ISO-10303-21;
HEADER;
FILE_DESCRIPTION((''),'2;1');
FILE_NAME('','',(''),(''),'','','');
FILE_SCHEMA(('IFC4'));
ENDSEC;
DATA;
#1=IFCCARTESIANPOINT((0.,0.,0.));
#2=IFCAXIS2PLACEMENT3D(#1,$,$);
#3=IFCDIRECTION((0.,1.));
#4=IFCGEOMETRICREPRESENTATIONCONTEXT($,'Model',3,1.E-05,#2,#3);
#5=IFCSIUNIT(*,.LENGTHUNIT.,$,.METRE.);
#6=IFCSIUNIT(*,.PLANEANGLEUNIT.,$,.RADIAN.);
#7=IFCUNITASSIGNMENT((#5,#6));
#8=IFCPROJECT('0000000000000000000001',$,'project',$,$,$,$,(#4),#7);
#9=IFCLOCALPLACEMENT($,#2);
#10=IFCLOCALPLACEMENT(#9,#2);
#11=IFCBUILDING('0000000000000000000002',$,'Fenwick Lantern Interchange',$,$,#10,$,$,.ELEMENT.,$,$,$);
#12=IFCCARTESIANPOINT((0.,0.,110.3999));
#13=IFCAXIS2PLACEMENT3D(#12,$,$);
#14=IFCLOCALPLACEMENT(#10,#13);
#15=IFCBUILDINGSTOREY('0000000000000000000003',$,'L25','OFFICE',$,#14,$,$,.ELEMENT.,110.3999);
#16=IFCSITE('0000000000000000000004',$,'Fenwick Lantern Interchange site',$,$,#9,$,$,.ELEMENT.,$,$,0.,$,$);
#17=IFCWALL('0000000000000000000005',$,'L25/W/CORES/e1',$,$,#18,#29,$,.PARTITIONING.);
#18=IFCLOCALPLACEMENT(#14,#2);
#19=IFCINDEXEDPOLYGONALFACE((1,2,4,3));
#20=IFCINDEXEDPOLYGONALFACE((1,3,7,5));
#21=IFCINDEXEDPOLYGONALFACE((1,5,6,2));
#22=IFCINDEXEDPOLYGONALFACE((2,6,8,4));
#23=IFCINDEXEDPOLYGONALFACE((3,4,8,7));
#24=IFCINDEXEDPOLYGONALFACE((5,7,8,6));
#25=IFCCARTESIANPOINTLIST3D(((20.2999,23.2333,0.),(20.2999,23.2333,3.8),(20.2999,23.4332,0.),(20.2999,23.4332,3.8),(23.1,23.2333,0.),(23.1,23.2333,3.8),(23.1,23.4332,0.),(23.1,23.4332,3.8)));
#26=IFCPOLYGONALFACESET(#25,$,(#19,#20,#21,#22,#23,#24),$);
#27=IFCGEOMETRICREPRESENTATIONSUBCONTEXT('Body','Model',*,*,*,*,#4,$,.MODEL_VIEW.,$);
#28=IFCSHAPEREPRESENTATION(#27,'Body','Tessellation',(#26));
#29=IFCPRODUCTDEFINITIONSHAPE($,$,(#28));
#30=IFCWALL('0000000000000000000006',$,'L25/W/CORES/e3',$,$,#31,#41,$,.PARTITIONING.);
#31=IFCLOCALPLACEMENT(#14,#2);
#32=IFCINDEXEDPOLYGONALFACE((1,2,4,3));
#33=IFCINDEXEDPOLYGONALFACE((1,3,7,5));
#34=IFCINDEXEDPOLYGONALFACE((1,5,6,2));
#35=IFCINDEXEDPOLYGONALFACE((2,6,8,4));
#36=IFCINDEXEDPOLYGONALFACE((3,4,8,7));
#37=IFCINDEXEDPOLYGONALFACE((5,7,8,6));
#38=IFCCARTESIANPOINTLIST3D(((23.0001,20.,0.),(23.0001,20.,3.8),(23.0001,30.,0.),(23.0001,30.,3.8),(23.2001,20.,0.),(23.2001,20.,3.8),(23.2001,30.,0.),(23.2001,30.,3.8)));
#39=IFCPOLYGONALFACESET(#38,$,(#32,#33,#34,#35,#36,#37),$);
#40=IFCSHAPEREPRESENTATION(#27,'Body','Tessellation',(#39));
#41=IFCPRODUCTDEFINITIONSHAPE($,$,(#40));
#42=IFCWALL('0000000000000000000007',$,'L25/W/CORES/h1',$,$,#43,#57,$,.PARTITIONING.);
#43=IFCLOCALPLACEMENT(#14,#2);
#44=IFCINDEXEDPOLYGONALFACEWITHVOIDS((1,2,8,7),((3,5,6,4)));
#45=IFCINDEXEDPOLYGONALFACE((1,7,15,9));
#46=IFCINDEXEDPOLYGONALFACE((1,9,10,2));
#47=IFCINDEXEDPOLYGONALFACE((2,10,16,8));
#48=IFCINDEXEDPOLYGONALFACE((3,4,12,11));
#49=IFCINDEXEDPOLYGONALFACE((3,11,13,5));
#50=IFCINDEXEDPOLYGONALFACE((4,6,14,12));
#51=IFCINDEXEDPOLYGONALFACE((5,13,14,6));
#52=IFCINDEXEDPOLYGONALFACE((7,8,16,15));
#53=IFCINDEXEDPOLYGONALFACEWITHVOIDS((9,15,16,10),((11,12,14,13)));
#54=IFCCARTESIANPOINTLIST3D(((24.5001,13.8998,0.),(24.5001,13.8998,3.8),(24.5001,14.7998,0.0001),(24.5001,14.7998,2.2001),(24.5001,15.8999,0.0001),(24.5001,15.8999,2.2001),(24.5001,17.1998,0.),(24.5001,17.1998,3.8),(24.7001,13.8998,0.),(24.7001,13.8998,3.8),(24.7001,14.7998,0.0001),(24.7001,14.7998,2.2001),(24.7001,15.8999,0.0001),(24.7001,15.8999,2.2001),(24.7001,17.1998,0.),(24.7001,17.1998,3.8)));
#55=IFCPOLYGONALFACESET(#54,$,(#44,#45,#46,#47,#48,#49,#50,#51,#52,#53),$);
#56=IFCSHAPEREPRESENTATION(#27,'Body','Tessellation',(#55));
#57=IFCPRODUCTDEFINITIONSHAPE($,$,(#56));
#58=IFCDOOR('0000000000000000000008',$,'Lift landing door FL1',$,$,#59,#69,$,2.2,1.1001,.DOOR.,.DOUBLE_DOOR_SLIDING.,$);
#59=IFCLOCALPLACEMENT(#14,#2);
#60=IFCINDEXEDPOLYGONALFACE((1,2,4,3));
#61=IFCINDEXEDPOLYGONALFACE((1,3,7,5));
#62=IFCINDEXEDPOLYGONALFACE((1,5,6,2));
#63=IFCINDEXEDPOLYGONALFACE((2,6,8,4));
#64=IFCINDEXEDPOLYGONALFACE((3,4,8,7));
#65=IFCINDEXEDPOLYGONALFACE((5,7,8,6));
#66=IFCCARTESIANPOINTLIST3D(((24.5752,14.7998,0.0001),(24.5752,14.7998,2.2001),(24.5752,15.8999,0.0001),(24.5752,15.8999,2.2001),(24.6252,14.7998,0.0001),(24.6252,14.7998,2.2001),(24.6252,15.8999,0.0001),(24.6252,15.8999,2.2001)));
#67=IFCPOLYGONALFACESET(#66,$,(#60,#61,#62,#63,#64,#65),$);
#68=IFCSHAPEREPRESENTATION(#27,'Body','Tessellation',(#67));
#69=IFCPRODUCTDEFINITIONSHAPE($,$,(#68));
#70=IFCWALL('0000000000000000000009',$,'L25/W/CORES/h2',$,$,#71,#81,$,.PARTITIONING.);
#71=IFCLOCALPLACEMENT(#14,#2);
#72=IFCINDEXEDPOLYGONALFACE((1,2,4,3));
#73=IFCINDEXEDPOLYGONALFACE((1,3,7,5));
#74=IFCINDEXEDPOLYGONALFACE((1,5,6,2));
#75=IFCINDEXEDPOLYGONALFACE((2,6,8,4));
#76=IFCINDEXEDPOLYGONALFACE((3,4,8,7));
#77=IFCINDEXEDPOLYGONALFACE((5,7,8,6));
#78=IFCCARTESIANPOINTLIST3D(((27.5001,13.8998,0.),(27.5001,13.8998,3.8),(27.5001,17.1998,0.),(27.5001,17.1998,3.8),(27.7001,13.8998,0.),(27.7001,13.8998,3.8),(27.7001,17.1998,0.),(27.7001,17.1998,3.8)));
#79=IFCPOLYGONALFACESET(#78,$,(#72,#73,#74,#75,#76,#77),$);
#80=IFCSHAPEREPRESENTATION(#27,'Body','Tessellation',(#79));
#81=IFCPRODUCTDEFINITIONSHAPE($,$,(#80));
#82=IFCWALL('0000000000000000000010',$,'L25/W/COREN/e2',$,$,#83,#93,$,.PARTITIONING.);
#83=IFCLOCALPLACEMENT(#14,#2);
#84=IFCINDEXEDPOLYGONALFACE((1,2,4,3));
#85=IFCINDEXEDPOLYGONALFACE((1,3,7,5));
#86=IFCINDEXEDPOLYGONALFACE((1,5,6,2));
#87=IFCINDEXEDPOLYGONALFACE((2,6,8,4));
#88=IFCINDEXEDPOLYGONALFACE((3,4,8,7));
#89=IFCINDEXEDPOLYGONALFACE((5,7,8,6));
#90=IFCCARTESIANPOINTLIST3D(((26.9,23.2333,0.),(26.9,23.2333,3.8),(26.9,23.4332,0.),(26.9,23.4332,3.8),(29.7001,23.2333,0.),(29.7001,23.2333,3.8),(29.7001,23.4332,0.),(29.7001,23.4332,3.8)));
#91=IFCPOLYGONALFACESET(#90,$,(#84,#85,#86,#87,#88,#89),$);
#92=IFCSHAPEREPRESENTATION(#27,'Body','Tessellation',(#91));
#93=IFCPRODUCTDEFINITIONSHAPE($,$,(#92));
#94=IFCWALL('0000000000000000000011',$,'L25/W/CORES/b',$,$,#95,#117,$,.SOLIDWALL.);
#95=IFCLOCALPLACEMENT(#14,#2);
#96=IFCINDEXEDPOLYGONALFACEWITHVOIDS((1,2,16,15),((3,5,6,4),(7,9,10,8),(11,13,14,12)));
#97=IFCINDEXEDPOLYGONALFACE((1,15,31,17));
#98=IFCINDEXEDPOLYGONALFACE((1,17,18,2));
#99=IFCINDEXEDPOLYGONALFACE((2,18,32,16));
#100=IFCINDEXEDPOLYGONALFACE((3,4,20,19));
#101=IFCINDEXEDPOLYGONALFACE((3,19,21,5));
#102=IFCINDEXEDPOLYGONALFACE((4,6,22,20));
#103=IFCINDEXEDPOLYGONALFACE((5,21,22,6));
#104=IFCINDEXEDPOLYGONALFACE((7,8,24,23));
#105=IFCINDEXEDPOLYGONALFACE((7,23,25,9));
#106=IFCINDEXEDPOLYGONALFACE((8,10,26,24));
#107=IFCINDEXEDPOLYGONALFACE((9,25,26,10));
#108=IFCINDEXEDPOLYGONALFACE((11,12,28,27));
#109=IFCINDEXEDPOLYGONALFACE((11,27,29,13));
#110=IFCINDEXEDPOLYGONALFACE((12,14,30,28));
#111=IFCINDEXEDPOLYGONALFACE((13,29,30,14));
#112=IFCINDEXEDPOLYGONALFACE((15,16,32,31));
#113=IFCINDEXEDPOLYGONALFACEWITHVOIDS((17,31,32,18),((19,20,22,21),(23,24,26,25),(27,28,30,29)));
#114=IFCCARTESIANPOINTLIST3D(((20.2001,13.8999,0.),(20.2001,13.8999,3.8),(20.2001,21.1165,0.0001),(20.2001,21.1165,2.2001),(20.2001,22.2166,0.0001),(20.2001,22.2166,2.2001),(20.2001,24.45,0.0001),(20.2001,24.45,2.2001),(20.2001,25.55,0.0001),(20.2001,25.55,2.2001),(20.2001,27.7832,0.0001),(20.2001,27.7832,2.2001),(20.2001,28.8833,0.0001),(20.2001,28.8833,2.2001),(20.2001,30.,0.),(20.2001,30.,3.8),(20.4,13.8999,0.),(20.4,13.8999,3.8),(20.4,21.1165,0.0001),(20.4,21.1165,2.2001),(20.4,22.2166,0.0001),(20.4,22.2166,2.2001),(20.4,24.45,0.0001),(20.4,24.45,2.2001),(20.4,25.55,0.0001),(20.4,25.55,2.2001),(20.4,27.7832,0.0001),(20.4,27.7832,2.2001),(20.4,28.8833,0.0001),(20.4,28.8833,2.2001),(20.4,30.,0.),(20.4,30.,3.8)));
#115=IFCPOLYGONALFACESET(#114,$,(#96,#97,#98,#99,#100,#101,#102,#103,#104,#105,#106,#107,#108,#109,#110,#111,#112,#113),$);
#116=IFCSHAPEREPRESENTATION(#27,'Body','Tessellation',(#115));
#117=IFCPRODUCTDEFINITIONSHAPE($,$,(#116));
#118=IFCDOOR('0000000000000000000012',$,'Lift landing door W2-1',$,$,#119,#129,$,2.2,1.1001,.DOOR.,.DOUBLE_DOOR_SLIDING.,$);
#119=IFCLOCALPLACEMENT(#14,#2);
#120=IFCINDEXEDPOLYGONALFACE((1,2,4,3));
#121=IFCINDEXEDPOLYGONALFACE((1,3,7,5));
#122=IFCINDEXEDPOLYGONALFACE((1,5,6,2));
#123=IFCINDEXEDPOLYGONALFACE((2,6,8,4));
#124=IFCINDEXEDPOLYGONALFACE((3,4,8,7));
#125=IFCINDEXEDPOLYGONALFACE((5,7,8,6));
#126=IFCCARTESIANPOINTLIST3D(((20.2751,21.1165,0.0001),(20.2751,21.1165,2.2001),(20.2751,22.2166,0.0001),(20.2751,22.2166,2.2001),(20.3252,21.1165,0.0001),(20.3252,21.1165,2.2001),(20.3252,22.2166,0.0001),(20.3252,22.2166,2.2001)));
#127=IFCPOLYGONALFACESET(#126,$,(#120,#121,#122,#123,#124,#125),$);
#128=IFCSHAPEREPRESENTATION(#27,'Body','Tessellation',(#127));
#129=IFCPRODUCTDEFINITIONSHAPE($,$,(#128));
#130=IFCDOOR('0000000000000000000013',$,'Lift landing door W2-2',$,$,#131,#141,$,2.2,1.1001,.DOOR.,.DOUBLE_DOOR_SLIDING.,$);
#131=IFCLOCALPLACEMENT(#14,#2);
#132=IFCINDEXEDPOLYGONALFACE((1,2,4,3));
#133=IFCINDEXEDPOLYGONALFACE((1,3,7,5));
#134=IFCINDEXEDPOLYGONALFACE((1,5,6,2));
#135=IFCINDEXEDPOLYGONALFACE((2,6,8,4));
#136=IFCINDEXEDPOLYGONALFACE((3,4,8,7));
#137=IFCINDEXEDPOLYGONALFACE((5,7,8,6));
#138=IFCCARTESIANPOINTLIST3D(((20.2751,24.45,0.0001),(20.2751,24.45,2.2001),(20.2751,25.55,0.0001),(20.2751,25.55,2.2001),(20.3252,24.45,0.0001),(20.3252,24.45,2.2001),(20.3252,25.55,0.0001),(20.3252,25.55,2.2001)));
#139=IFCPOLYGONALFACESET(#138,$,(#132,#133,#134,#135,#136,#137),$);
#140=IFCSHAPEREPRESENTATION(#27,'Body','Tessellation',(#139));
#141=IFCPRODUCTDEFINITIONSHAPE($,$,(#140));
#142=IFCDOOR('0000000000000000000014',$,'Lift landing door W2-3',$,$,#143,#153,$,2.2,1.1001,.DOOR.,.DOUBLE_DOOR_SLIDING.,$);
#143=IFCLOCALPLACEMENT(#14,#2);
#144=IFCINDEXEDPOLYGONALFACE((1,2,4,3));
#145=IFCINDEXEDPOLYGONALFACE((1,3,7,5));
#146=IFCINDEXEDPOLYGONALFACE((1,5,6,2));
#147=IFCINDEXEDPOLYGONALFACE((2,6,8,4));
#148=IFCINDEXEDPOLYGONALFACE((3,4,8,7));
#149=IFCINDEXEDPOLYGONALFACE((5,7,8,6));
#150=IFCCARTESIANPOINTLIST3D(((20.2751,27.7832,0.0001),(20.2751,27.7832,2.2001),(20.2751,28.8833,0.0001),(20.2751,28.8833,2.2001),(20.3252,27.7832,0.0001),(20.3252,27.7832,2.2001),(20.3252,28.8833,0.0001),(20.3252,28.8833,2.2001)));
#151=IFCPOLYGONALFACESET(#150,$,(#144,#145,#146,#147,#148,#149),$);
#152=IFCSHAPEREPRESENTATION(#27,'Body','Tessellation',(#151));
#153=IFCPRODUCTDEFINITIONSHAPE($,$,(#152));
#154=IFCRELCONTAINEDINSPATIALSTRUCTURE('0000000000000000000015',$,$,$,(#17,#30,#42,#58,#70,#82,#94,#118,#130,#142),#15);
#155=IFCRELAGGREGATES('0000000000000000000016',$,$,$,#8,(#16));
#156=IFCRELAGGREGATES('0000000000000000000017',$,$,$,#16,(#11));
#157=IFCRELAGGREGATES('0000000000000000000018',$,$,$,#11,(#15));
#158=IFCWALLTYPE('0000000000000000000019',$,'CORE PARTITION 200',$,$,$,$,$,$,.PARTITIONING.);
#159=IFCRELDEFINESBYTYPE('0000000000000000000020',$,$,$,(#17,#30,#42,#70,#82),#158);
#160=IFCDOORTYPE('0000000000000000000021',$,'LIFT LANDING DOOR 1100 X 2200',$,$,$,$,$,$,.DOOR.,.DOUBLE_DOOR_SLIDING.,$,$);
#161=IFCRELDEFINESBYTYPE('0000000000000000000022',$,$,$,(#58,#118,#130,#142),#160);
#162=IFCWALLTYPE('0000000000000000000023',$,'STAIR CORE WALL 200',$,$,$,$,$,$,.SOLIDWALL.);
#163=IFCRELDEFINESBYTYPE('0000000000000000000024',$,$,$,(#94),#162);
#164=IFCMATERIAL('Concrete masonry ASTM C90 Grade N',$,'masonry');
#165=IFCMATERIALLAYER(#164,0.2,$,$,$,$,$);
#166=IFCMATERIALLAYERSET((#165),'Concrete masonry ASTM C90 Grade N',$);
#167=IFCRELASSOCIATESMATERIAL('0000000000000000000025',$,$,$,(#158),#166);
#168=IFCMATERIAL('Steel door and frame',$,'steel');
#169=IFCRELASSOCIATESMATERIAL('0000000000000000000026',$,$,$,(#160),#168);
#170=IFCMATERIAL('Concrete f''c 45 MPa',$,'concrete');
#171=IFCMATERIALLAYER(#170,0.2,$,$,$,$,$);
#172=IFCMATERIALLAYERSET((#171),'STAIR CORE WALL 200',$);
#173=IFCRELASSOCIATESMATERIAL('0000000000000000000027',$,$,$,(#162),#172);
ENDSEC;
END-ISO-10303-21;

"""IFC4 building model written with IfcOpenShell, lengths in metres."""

from ifc_helpers import new_model, si_unit, direction, frame, frame_2d, origin, place, context, subcontext, project, spatial, rectangle, extrude, material, layer, layer_set, type_object, element, fill, save


model = new_model("IFC4")

# Units and contexts
model_context = context("Model", 3, precision=1e-05, world=origin(), true_north=direction((0.0, 1.0)))
body_context = subcontext(model_context, "Body", "Model", "MODEL_VIEW")
ifc_project = project(units=[si_unit("LENGTHUNIT", "METRE"), si_unit("PLANEANGLEUNIT", "RADIAN")], contexts=[model_context])

# Site, building, storey
site_placement = place(None, origin())
site = spatial("IfcSite", under=ifc_project, at=site_placement, Name="Fenwick Lantern Interchange site", CompositionType="ELEMENT", RefElevation=0.0)
building_placement = place(site_placement, origin())
building = spatial("IfcBuilding", under=site, at=building_placement, Name="Fenwick Lantern Interchange", CompositionType="ELEMENT")
storey_placement = place(building_placement, frame((0.0, 0.0, 110.3999)))
storey = spatial("IfcBuildingStorey", under=building, at=storey_placement, Name="L25", Description="OFFICE", CompositionType="ELEMENT", Elevation=110.3999)

# Walls
ifc_material_1 = material(Name="Concrete masonry ASTM C90 Grade N", Category="masonry")
ifc_layer_1 = layer(ifc_material_1, 0.2)
ifc_layer_set_1 = layer_set([ifc_layer_1], Name="Concrete masonry ASTM C90 Grade N")
wall_type_1 = type_object("IfcWallType", Name="CORE PARTITION 200", PredefinedType="PARTITIONING", material=ifc_layer_set_1)
wall_1_placement = place(storey_placement, frame((20.3, 23.3333, 0.0), z_axis=(0.0, 0.0, 1.0), x_axis=(1.0, 0.0, 0.0)))
element("IfcWall", 1, at=wall_1_placement, inside=storey, type_object=wall_type_1, Name="L25/W/CORES/e1", PredefinedType="PARTITIONING", context=body_context, shape_type="SweptSolid", body=[
    extrude(rectangle(XDim=2.8, YDim=0.2, at=frame_2d((1.3999, 0.0))), origin(), (0.0, 0.0, 1.0), 3.8),
])
wall_2_placement = place(storey_placement, frame((23.1001, 20.0, 0.0), z_axis=(0.0, 0.0, 1.0), x_axis=(0.0, 1.0, 0.0)))
element("IfcWall", 2, at=wall_2_placement, inside=storey, type_object=wall_type_1, Name="L25/W/CORES/e3", PredefinedType="PARTITIONING", context=body_context, shape_type="SweptSolid", body=[
    extrude(rectangle(XDim=10.0, YDim=0.2, at=frame_2d((5.0, 0.0))), origin(), (0.0, 0.0, 1.0), 3.8),
])

# Wall, opening, door
wall_3_placement = place(storey_placement, frame((24.6001, 13.8999, 0.0), z_axis=(0.0, 0.0, 1.0), x_axis=(0.0, 1.0, 0.0)))
wall_3 = element("IfcWall", 3, at=wall_3_placement, inside=storey, type_object=wall_type_1, Name="L25/W/CORES/h1", PredefinedType="PARTITIONING", context=body_context, shape_type="SweptSolid", body=[
    extrude(rectangle(XDim=3.3, YDim=0.2, at=frame_2d((1.6499, 0.0))), origin(), (0.0, 0.0, 1.0), 3.8),
])
opening_1_placement = place(wall_3_placement, frame((0.8999, 0.0, 0.0)))
opening_1 = element("IfcOpeningElement", 4, at=opening_1_placement, cuts=wall_3, PredefinedType="OPENING", context=body_context, shape_type="SweptSolid", body=[
    extrude(rectangle(XDim=1.1001, YDim=2.2, at=frame_2d((0.55, 1.1001))), frame((0.0, 0.1099, 0.0), z_axis=(0.0, -1.0, 0.0), x_axis=(1.0, 0.0, 0.0)), (0.0, 0.0, 1.0), 0.22),
])
ifc_material_2 = material(Name="Steel door and frame", Category="steel")
door_type_1 = type_object("IfcDoorType", Name="LIFT LANDING DOOR 1100 X 2200", OperationType="DOUBLE_DOOR_SLIDING", PredefinedType="DOOR", material=ifc_material_2)
door_1_placement = place(opening_1_placement, origin())
door_1 = element("IfcDoor", 5, at=door_1_placement, inside=storey, type_object=door_type_1, Name="Lift landing door FL1", OperationType="DOUBLE_DOOR_SLIDING", OverallHeight=2.2, OverallWidth=1.1001, PredefinedType="DOOR", context=body_context, shape_type="SweptSolid", body=[
    extrude(rectangle(XDim=1.1001, YDim=2.2, at=frame_2d((0.55, 1.1001))), frame((0.0, 0.0249, 0.0), z_axis=(0.0, -1.0, 0.0), x_axis=(1.0, 0.0, 0.0)), (0.0, 0.0, 1.0), 0.05),
])
fill(opening_1, door_1)

# Walls
wall_4_placement = place(storey_placement, frame((27.6001, 13.8999, 0.0), z_axis=(0.0, 0.0, 1.0), x_axis=(0.0, 1.0, 0.0)))
element("IfcWall", 6, at=wall_4_placement, inside=storey, type_object=wall_type_1, Name="L25/W/CORES/h2", PredefinedType="PARTITIONING", context=body_context, shape_type="SweptSolid", body=[
    extrude(rectangle(XDim=3.3, YDim=0.2, at=frame_2d((1.6499, 0.0))), origin(), (0.0, 0.0, 1.0), 3.8),
])
wall_5_placement = place(storey_placement, frame((29.7, 23.3333, 0.0), z_axis=(0.0, 0.0, 1.0), x_axis=(-1.0, 0.0, 0.0)))
element("IfcWall", 7, at=wall_5_placement, inside=storey, type_object=wall_type_1, Name="L25/W/COREN/e2", PredefinedType="PARTITIONING", context=body_context, shape_type="SweptSolid", body=[
    extrude(rectangle(XDim=2.8, YDim=0.2, at=frame_2d((1.3999, 0.0))), origin(), (0.0, 0.0, 1.0), 3.8),
])

# Wall, openings, doors
ifc_material_3 = material(Name="Concrete f'c 45 MPa", Category="concrete")
ifc_layer_2 = layer(ifc_material_3, 0.2)
ifc_layer_set_2 = layer_set([ifc_layer_2], Name="STAIR CORE WALL 200")
wall_type_2 = type_object("IfcWallType", Name="STAIR CORE WALL 200", PredefinedType="SOLIDWALL", material=ifc_layer_set_2)
wall_6_placement = place(storey_placement, frame((20.3, 13.8999, 0.0), z_axis=(0.0, 0.0, 1.0), x_axis=(0.0, 1.0, 0.0)))
wall_6 = element("IfcWall", 8, at=wall_6_placement, inside=storey, type_object=wall_type_2, Name="L25/W/CORES/b", PredefinedType="SOLIDWALL", context=body_context, shape_type="SweptSolid", body=[
    extrude(rectangle(XDim=16.1001, YDim=0.2, at=frame_2d((8.05, 0.0))), origin(), (0.0, 0.0, 1.0), 3.8),
])
opening_2_placement = place(wall_6_placement, frame((7.2166, 0.0, 0.0)))
opening_2 = element("IfcOpeningElement", 9, at=opening_2_placement, cuts=wall_6, PredefinedType="OPENING", context=body_context, shape_type="SweptSolid", body=[
    extrude(rectangle(XDim=1.1001, YDim=2.2, at=frame_2d((0.55, 1.1001))), frame((0.0, 0.1099, 0.0), z_axis=(0.0, -1.0, 0.0), x_axis=(1.0, 0.0, 0.0)), (0.0, 0.0, 1.0), 0.22),
])
opening_3_placement = place(wall_6_placement, frame((10.55, 0.0, 0.0)))
opening_3 = element("IfcOpeningElement", 10, at=opening_3_placement, cuts=wall_6, PredefinedType="OPENING", context=body_context, shape_type="SweptSolid", body=[
    extrude(rectangle(XDim=1.1001, YDim=2.2, at=frame_2d((0.55, 1.1001))), frame((0.0, 0.1099, 0.0), z_axis=(0.0, -1.0, 0.0), x_axis=(1.0, 0.0, 0.0)), (0.0, 0.0, 1.0), 0.22),
])
opening_4_placement = place(wall_6_placement, frame((13.8833, 0.0, 0.0)))
opening_4 = element("IfcOpeningElement", 11, at=opening_4_placement, cuts=wall_6, PredefinedType="OPENING", context=body_context, shape_type="SweptSolid", body=[
    extrude(rectangle(XDim=1.1001, YDim=2.2, at=frame_2d((0.55, 1.1001))), frame((0.0, 0.1099, 0.0), z_axis=(0.0, -1.0, 0.0), x_axis=(1.0, 0.0, 0.0)), (0.0, 0.0, 1.0), 0.22),
])
door_2_placement = place(opening_2_placement, origin())
door_2 = element("IfcDoor", 12, at=door_2_placement, inside=storey, type_object=door_type_1, Name="Lift landing door W2-1", OperationType="DOUBLE_DOOR_SLIDING", OverallHeight=2.2, OverallWidth=1.1001, PredefinedType="DOOR", context=body_context, shape_type="SweptSolid", body=[
    extrude(rectangle(XDim=1.1001, YDim=2.2, at=frame_2d((0.55, 1.1001))), frame((0.0, 0.0249, 0.0), z_axis=(0.0, -1.0, 0.0), x_axis=(1.0, 0.0, 0.0)), (0.0, 0.0, 1.0), 0.05),
])
fill(opening_2, door_2)
door_3_placement = place(opening_3_placement, origin())
door_3 = element("IfcDoor", 13, at=door_3_placement, inside=storey, type_object=door_type_1, Name="Lift landing door W2-2", OperationType="DOUBLE_DOOR_SLIDING", OverallHeight=2.2, OverallWidth=1.1001, PredefinedType="DOOR", context=body_context, shape_type="SweptSolid", body=[
    extrude(rectangle(XDim=1.1001, YDim=2.2, at=frame_2d((0.55, 1.1001))), frame((0.0, 0.0249, 0.0), z_axis=(0.0, -1.0, 0.0), x_axis=(1.0, 0.0, 0.0)), (0.0, 0.0, 1.0), 0.05),
])
fill(opening_3, door_3)
door_4_placement = place(opening_4_placement, origin())
door_4 = element("IfcDoor", 14, at=door_4_placement, inside=storey, type_object=door_type_1, Name="Lift landing door W2-3", OperationType="DOUBLE_DOOR_SLIDING", OverallHeight=2.2, OverallWidth=1.1001, PredefinedType="DOOR", context=body_context, shape_type="SweptSolid", body=[
    extrude(rectangle(XDim=1.1001, YDim=2.2, at=frame_2d((0.55, 1.1001))), frame((0.0, 0.0249, 0.0), z_axis=(0.0, -1.0, 0.0), x_axis=(1.0, 0.0, 0.0)), (0.0, 0.0, 1.0), 0.05),
])
fill(opening_4, door_4)

save(model, "model.ifc")
